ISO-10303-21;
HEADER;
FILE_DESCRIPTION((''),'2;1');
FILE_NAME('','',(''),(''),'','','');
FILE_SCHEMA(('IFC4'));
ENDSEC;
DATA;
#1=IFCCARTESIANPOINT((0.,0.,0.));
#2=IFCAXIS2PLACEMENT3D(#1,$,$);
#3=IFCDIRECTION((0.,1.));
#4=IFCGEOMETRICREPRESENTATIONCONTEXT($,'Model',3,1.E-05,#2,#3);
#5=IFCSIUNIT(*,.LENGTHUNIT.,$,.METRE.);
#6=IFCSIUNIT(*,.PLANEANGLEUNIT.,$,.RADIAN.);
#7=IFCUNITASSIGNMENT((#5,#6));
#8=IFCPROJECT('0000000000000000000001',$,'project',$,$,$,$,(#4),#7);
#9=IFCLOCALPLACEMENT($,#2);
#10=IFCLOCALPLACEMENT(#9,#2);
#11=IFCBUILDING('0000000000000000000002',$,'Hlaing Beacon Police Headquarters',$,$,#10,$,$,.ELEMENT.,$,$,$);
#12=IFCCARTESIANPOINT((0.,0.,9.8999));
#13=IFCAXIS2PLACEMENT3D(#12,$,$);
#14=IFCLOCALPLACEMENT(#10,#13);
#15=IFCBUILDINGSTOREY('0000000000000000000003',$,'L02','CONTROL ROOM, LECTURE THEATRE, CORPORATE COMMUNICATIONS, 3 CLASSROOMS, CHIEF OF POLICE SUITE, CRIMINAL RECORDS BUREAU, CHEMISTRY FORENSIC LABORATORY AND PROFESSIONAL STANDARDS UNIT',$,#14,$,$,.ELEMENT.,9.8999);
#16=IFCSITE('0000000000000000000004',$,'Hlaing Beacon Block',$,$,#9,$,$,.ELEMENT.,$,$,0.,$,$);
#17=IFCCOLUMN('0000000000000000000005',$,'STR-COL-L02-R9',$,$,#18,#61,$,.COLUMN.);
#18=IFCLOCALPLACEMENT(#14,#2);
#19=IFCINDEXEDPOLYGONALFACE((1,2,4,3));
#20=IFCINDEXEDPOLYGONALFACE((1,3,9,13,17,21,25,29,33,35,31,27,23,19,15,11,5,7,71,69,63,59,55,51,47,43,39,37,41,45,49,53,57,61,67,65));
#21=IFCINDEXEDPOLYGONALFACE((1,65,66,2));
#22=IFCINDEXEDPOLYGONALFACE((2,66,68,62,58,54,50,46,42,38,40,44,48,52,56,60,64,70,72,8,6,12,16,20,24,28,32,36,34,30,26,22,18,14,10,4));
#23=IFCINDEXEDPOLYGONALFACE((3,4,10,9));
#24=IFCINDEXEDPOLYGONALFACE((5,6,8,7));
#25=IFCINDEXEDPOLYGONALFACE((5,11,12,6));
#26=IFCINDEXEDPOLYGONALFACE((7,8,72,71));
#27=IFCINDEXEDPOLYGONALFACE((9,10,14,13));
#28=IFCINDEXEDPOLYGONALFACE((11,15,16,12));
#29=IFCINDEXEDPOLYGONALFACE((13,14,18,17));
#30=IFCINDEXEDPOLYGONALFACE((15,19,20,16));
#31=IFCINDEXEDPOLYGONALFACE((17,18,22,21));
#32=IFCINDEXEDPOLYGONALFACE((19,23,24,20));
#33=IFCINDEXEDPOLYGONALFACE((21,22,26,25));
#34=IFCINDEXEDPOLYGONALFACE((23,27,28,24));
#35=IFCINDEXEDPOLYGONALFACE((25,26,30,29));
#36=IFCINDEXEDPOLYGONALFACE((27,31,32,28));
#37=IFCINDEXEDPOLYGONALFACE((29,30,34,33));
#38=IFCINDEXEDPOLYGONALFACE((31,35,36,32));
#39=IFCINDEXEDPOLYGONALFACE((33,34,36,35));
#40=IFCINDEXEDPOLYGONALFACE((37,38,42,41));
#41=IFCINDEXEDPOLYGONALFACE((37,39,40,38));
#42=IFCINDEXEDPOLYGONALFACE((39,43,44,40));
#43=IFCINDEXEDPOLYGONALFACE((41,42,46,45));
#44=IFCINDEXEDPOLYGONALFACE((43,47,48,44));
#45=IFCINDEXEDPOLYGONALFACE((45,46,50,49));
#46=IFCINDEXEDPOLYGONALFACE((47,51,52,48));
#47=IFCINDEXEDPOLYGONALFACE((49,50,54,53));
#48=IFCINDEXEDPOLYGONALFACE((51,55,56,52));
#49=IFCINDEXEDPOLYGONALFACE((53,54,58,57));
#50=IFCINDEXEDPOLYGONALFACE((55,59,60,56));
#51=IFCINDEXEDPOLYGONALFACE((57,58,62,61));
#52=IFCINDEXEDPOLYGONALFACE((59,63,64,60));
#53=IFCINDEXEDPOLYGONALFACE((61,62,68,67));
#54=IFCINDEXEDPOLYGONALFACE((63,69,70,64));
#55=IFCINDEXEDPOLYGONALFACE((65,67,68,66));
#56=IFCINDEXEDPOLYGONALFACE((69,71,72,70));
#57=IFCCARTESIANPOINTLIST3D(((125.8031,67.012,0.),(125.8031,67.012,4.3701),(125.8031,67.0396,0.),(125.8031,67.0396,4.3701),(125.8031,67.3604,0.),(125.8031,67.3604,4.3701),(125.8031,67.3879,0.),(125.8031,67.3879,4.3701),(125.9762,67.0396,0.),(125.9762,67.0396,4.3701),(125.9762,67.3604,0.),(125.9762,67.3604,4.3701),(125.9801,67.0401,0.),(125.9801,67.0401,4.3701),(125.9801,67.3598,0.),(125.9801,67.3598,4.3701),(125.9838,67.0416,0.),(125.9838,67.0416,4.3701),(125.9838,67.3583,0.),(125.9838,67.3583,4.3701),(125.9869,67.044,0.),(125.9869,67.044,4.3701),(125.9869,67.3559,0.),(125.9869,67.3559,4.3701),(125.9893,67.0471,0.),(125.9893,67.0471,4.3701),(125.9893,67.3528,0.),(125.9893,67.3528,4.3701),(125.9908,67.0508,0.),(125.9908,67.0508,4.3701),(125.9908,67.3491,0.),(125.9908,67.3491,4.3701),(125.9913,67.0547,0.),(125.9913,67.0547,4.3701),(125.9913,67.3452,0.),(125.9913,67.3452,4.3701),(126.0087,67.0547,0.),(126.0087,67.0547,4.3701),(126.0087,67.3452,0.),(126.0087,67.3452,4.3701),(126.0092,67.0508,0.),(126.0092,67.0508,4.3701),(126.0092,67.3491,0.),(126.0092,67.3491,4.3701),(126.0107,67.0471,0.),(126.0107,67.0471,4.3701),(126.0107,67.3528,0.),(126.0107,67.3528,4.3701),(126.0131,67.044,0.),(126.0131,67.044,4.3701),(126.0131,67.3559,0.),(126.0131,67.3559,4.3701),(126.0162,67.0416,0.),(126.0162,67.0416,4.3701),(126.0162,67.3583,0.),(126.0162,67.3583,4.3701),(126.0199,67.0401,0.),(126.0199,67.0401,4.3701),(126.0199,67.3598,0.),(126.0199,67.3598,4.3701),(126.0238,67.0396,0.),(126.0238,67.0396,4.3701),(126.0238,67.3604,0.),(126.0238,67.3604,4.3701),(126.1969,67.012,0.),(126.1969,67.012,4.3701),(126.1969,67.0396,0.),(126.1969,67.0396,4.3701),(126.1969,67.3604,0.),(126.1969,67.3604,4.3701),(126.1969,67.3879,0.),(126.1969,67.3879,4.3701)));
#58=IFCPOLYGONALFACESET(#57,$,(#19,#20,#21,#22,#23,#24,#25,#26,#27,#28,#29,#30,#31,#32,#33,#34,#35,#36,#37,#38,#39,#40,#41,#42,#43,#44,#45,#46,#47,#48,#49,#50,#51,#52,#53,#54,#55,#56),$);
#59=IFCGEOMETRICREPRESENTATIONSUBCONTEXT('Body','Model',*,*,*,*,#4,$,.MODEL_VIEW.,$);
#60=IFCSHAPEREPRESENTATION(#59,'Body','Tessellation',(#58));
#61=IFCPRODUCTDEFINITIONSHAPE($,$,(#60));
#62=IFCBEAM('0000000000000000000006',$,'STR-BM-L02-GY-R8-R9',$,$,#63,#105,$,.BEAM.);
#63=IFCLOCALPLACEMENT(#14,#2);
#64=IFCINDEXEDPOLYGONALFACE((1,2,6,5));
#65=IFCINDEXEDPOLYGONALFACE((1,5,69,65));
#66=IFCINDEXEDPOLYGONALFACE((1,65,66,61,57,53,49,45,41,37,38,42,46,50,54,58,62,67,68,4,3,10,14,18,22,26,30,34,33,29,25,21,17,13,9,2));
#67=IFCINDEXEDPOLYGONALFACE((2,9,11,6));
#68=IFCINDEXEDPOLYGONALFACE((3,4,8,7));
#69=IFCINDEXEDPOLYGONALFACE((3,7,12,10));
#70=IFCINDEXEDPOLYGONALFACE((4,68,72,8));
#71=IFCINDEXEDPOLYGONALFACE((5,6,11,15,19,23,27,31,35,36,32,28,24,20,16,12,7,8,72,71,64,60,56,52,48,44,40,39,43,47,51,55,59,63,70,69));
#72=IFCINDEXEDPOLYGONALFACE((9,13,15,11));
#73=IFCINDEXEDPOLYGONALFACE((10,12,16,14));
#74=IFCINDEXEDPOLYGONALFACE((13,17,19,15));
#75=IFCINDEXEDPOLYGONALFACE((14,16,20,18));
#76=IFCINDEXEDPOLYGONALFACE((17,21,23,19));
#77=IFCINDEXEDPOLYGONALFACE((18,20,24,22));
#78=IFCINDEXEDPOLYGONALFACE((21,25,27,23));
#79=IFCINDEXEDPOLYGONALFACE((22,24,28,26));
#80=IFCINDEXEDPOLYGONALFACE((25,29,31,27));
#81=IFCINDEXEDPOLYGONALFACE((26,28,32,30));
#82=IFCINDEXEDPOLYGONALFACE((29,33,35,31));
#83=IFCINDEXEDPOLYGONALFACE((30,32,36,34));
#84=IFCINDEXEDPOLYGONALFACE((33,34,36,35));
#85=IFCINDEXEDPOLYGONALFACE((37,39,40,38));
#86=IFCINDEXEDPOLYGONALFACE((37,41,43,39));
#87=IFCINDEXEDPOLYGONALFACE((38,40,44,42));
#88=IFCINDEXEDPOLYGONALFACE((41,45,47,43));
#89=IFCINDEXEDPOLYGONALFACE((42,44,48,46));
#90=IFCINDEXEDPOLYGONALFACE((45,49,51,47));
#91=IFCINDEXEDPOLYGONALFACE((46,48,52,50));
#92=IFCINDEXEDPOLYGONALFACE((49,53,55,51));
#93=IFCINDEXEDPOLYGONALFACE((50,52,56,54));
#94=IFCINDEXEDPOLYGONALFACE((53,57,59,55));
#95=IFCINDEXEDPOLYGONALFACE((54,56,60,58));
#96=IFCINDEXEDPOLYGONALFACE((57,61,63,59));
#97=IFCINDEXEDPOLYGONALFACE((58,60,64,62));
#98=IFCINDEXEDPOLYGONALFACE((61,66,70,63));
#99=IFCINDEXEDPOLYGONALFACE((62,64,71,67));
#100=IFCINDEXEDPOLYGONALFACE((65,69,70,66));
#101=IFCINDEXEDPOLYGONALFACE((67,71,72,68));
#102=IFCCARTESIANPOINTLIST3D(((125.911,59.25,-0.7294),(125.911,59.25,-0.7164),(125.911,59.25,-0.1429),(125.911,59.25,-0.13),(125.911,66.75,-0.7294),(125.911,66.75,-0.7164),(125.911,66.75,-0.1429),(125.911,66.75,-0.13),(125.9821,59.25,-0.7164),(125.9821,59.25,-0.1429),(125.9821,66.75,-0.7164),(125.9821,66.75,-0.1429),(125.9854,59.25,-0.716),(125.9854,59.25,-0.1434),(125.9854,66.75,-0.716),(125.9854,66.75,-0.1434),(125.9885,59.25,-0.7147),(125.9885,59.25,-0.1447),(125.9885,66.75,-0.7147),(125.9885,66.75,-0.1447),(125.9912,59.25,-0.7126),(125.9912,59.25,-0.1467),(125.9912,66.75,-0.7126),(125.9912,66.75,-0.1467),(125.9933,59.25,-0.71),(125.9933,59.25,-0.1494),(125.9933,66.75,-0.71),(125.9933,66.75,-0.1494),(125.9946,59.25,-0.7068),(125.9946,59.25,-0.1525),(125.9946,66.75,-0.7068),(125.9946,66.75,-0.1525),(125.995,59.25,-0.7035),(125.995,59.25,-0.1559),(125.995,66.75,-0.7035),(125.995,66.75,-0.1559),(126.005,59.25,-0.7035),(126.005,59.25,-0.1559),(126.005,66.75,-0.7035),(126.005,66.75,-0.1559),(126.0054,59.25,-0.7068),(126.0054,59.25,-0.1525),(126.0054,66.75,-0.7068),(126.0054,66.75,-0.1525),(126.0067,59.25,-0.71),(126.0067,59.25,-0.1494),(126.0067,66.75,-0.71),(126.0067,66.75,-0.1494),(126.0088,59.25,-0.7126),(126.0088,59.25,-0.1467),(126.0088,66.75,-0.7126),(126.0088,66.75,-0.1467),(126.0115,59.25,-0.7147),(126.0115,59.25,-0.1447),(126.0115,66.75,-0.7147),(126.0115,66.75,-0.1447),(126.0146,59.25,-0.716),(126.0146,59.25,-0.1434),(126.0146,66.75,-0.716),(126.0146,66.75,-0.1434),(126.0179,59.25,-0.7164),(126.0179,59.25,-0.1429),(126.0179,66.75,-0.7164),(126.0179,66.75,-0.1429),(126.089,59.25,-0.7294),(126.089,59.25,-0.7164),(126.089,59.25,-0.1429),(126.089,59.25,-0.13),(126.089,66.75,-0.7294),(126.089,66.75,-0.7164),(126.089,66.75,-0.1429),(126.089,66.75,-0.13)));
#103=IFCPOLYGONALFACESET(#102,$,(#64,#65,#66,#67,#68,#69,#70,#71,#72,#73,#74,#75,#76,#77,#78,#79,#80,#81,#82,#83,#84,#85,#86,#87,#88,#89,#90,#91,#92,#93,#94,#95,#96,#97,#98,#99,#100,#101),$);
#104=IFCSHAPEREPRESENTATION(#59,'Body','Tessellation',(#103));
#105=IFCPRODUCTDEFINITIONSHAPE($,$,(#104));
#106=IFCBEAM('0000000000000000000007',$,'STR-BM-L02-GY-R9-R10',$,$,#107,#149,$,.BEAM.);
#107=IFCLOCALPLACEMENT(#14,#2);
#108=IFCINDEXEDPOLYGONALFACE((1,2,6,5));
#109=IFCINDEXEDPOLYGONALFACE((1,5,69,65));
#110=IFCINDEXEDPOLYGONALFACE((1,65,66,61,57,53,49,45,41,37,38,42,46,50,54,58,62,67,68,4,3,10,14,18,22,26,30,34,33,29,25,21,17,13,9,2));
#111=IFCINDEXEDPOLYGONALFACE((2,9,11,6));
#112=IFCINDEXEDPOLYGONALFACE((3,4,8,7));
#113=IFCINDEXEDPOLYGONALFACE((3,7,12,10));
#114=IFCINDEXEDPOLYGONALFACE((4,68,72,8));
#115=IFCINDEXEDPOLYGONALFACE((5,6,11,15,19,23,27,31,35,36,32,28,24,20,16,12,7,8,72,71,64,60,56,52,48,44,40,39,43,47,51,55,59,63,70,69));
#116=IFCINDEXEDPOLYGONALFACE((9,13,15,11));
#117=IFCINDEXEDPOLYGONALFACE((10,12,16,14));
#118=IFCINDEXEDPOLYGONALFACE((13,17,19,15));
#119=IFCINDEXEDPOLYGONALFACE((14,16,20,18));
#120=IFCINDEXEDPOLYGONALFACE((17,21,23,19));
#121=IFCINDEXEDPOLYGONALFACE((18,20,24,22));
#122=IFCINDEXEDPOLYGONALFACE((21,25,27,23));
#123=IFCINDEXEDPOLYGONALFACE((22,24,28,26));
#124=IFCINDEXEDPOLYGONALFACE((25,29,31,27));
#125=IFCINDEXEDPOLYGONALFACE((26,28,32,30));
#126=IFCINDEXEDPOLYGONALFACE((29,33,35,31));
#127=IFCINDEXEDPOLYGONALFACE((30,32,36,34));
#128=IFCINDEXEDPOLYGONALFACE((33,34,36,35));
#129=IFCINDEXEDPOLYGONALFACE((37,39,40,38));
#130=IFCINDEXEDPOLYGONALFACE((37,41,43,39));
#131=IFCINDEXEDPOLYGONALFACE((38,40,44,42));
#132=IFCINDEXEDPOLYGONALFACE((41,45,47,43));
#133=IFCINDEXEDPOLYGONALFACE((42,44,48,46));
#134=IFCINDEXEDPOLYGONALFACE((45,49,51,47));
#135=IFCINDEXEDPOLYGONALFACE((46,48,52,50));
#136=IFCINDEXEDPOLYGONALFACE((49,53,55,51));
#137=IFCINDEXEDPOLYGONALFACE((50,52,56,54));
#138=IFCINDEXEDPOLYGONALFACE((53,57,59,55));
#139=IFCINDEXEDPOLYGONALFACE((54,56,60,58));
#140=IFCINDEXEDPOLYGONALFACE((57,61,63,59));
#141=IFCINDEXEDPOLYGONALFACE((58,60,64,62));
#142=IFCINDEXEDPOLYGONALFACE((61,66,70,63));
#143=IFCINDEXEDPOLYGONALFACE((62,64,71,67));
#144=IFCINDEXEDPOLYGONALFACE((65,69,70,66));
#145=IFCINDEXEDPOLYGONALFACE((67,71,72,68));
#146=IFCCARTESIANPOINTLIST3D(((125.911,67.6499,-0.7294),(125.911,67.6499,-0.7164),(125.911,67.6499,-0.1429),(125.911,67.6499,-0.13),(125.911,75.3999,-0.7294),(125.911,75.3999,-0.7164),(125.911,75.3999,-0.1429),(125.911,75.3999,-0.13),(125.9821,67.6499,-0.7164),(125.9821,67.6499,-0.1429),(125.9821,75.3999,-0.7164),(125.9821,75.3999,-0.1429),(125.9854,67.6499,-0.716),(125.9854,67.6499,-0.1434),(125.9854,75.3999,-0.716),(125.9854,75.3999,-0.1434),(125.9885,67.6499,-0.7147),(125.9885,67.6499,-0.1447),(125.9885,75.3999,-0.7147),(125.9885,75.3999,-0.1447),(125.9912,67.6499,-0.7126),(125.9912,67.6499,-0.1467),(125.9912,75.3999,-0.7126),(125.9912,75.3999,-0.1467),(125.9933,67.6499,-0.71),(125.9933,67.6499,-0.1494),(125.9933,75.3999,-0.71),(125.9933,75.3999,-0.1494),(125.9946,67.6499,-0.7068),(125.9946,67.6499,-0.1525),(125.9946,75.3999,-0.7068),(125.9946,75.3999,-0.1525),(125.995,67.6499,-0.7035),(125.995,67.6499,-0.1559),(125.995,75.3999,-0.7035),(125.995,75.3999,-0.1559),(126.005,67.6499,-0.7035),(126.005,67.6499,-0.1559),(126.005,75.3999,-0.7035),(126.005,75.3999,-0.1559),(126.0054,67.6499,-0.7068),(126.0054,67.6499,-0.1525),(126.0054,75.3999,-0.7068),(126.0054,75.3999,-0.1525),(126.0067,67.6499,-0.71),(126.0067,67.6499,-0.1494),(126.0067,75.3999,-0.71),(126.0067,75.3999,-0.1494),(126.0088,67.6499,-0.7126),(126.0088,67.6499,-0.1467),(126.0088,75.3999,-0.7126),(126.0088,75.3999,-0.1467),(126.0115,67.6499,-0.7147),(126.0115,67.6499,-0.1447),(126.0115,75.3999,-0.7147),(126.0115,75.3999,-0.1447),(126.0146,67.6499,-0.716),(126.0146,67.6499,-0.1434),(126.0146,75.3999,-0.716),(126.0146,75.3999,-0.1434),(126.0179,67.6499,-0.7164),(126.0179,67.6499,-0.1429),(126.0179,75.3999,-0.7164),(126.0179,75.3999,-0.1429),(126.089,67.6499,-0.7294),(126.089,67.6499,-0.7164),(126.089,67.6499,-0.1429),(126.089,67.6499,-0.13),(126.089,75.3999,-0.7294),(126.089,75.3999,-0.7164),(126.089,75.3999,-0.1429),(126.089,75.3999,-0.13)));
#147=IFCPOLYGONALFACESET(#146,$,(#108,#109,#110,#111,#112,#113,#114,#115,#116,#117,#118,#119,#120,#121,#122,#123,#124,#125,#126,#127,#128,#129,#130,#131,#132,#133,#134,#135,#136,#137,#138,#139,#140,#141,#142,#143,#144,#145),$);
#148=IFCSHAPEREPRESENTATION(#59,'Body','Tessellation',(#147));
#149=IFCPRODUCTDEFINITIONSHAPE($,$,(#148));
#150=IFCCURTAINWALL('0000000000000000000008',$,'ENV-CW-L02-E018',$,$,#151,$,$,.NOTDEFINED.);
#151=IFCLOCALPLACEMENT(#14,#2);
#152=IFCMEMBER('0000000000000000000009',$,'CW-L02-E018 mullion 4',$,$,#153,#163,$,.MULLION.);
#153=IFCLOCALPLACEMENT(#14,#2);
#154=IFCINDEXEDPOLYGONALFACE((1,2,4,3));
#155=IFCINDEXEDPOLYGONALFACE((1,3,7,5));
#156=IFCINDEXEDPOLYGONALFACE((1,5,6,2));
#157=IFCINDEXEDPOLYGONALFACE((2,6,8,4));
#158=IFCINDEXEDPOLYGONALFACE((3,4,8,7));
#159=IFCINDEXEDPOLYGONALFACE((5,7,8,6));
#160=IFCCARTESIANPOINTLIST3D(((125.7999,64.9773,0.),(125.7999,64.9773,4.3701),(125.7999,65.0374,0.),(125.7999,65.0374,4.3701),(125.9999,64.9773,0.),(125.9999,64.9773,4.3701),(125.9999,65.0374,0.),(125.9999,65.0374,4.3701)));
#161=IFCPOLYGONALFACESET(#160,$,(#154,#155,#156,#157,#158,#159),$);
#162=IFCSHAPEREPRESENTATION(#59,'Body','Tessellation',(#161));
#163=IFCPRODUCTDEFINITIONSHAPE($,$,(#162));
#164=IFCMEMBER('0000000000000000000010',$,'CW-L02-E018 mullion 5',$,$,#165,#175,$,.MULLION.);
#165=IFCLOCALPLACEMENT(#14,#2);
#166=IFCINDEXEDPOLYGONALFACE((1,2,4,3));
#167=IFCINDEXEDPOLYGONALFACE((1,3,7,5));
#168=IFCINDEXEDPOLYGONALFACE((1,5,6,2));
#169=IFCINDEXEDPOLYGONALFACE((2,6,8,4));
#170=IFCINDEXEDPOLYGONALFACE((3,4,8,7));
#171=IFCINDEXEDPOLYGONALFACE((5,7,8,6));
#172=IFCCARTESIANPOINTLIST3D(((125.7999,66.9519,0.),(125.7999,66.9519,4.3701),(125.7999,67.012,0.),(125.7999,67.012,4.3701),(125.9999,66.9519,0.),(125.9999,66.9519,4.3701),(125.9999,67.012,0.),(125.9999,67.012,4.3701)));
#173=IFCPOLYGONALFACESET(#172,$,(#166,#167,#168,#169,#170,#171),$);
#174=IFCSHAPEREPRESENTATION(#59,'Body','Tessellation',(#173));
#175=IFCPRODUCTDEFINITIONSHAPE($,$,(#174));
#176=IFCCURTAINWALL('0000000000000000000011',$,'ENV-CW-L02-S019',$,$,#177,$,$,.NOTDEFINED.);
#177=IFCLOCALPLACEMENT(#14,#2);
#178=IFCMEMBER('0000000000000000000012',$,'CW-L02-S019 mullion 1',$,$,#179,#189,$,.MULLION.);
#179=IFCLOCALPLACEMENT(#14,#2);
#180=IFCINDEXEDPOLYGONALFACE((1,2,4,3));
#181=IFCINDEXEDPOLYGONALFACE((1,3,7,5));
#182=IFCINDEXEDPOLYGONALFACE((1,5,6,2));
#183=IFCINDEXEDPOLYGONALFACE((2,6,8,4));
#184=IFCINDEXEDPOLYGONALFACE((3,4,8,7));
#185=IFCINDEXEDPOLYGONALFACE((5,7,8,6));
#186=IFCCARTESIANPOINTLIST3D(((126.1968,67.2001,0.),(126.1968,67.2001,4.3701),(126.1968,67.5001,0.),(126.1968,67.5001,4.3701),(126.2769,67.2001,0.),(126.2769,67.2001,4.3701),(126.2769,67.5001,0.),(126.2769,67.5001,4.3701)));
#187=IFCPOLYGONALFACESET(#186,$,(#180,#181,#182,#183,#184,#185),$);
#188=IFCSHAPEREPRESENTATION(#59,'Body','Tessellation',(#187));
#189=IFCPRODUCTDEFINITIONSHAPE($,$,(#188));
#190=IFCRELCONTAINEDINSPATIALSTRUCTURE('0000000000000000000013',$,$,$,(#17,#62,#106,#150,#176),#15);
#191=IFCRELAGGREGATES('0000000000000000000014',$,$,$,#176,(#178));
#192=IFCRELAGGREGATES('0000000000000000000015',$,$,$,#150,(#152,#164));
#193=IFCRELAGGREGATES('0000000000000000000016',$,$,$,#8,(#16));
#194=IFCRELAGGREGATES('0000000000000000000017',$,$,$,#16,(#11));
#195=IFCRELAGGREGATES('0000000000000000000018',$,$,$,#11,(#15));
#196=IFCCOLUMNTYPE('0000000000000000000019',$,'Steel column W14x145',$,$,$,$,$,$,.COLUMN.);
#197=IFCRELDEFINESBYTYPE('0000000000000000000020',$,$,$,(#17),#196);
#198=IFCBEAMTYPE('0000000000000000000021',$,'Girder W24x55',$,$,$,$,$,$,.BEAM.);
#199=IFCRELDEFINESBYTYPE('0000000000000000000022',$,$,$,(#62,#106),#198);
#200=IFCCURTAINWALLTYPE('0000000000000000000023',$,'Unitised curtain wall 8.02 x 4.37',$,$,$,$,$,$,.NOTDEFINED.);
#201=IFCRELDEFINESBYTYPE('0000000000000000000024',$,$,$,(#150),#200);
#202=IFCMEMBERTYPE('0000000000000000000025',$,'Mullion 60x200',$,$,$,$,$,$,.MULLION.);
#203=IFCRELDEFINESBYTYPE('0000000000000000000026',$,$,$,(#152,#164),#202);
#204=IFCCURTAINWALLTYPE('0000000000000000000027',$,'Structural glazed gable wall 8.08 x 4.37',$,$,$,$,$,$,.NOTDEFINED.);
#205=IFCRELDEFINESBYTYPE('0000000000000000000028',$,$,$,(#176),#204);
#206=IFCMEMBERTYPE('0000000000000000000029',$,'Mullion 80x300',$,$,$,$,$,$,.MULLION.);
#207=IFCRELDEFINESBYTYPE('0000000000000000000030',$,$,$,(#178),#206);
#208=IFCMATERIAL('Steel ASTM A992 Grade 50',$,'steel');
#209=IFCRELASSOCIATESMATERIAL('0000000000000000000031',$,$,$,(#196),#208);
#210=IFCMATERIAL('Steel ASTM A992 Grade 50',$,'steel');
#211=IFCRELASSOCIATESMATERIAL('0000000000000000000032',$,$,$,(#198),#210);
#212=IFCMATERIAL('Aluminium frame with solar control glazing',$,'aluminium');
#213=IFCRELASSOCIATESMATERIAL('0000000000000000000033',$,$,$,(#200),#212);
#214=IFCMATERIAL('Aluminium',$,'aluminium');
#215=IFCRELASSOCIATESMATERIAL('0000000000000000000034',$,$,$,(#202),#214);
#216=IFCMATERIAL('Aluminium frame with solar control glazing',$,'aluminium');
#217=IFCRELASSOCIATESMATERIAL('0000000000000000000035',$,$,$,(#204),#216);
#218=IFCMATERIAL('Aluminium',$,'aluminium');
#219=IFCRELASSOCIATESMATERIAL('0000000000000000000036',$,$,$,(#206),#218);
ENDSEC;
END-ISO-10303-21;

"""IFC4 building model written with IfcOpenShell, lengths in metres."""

from ifc_helpers import new_model, si_unit, direction, frame, origin, origin_2d, place, context, subcontext, project, spatial, rectangle, i_section, extrude, material, material_profile, profile_set, type_object, element, aggregate, save


model = new_model("IFC4")

# Units and contexts
model_context = context("Model", 3, precision=1e-05, world=origin(), true_north=direction((0.0, 1.0)))
body_context = subcontext(model_context, "Body", "Model", "MODEL_VIEW")
ifc_project = project(units=[si_unit("LENGTHUNIT", "METRE"), si_unit("PLANEANGLEUNIT", "RADIAN")], contexts=[model_context])

# Site, building, storey
site_placement = place(None, origin())
site = spatial("IfcSite", under=ifc_project, at=site_placement, Name="Hlaing Beacon Block", CompositionType="ELEMENT", RefElevation=0.0)
building_placement = place(site_placement, origin())
building = spatial("IfcBuilding", under=site, at=building_placement, Name="Hlaing Beacon Police Headquarters", CompositionType="ELEMENT")
storey_placement = place(building_placement, frame((0.0, 0.0, 9.8999)))
storey = spatial("IfcBuildingStorey", under=building, at=storey_placement, Name="L02", Description="CONTROL ROOM, LECTURE THEATRE, CORPORATE COMMUNICATIONS, 3 CLASSROOMS, CHIEF OF POLICE SUITE, CRIMINAL RECORDS BUREAU, CHEMISTRY FORENSIC LABORATORY AND PROFESSIONAL STANDARDS UNIT", CompositionType="ELEMENT", Elevation=9.8999)

# Column
ifc_material_1 = material(Name="Steel ASTM A992 Grade 50", Category="steel")
ifc_material_profile_1 = material_profile(ifc_material_1, i_section(OverallWidth=0.3938, OverallDepth=0.376, WebThickness=0.0173, FlangeThickness=0.0276, FilletRadius=0.0151, at=origin_2d()), Name="W14x145")
ifc_profile_set_1 = profile_set([ifc_material_profile_1], Name="Steel ASTM A992 Grade 50")
column_type = type_object("IfcColumnType", Name="Steel column W14x145", PredefinedType="COLUMN", material=ifc_profile_set_1)
column_placement = place(storey_placement, frame((126.0, 67.2, 0.0), z_axis=(0.0, 0.0, 1.0), x_axis=(1.0, 0.0, 0.0)))
element("IfcColumn", 1, at=column_placement, inside=storey, type_object=column_type, Name="STR-COL-L02-R9", PredefinedType="COLUMN", context=body_context, shape_type="SweptSolid", body=[
    extrude(i_section(OverallWidth=0.3938, OverallDepth=0.376, WebThickness=0.0173, FlangeThickness=0.0276, FilletRadius=0.0151, at=origin_2d()), origin(), (0.0, 0.0, 1.0), 4.3701),
])

# Beams
ifc_material_2 = material(Name="Steel ASTM A992 Grade 50", Category="steel")
ifc_material_profile_2 = material_profile(ifc_material_2, i_section(OverallWidth=0.178, OverallDepth=0.5994, WebThickness=0.01, FlangeThickness=0.0129, FilletRadius=0.0129, at=origin_2d()), Name="W24x55")
ifc_profile_set_2 = profile_set([ifc_material_profile_2], Name="Steel ASTM A992 Grade 50")
beam_type = type_object("IfcBeamType", Name="Girder W24x55", PredefinedType="BEAM", material=ifc_profile_set_2)
beam_1_placement = place(storey_placement, frame((126.0, 59.25, -0.4297), z_axis=(0.0, 1.0, 0.0), x_axis=(-1.0, 0.0, 0.0)))
element("IfcBeam", 2, at=beam_1_placement, inside=storey, type_object=beam_type, Name="STR-BM-L02-GY-R8-R9", PredefinedType="BEAM", context=body_context, shape_type="SweptSolid", body=[
    extrude(i_section(OverallWidth=0.178, OverallDepth=0.5994, WebThickness=0.01, FlangeThickness=0.0129, FilletRadius=0.0129, at=origin_2d()), origin(), (0.0, 0.0, 1.0), 7.5),
])
beam_2_placement = place(storey_placement, frame((126.0, 67.6499, -0.4297), z_axis=(0.0, 1.0, 0.0), x_axis=(-1.0, 0.0, 0.0)))
element("IfcBeam", 3, at=beam_2_placement, inside=storey, type_object=beam_type, Name="STR-BM-L02-GY-R9-R10", PredefinedType="BEAM", context=body_context, shape_type="SweptSolid", body=[
    extrude(i_section(OverallWidth=0.178, OverallDepth=0.5994, WebThickness=0.01, FlangeThickness=0.0129, FilletRadius=0.0129, at=origin_2d()), origin(), (0.0, 0.0, 1.0), 7.75),
])

# Curtain wall, members
ifc_material_3 = material(Name="Aluminium frame with solar control glazing", Category="aluminium")
curtain_wall_type_1 = type_object("IfcCurtainWallType", Name="Unitised curtain wall 8.02 x 4.37", PredefinedType="NOTDEFINED", material=ifc_material_3)
curtain_wall_1_placement = place(storey_placement, origin())
curtain_wall_1 = element("IfcCurtainWall", 4, at=curtain_wall_1_placement, inside=storey, type_object=curtain_wall_type_1, Name="ENV-CW-L02-E018", PredefinedType="NOTDEFINED")
ifc_material_4 = material(Name="Aluminium", Category="aluminium")
ifc_material_profile_3 = material_profile(ifc_material_4, rectangle(XDim=0.2, YDim=0.0601, at=origin_2d()), Name="Mullion 60x200")
ifc_profile_set_3 = profile_set([ifc_material_profile_3], Name="Aluminium")
member_type_1 = type_object("IfcMemberType", Name="Mullion 60x200", PredefinedType="MULLION", material=ifc_profile_set_3)
member_1_placement = place(storey_placement, frame((125.8999, 65.0073, 0.0), z_axis=(0.0, 0.0, 1.0), x_axis=(-1.0, 0.0, 0.0)))
member_1 = element("IfcMember", 5, at=member_1_placement, type_object=member_type_1, Name="CW-L02-E018 mullion 4", PredefinedType="MULLION", context=body_context, shape_type="SweptSolid", body=[
    extrude(rectangle(XDim=0.2, YDim=0.0601, at=origin_2d()), origin(), (0.0, 0.0, 1.0), 4.3701),
])
member_2_placement = place(storey_placement, frame((125.8999, 66.9819, 0.0), z_axis=(0.0, 0.0, 1.0), x_axis=(-1.0, 0.0, 0.0)))
member_2 = element("IfcMember", 6, at=member_2_placement, type_object=member_type_1, Name="CW-L02-E018 mullion 5", PredefinedType="MULLION", context=body_context, shape_type="SweptSolid", body=[
    extrude(rectangle(XDim=0.2, YDim=0.0601, at=origin_2d()), origin(), (0.0, 0.0, 1.0), 4.3701),
])

# Curtain wall, member
ifc_material_5 = material(Name="Aluminium frame with solar control glazing", Category="aluminium")
curtain_wall_type_2 = type_object("IfcCurtainWallType", Name="Structural glazed gable wall 8.08 x 4.37", PredefinedType="NOTDEFINED", material=ifc_material_5)
curtain_wall_2_placement = place(storey_placement, origin())
curtain_wall_2 = element("IfcCurtainWall", 7, at=curtain_wall_2_placement, inside=storey, type_object=curtain_wall_type_2, Name="ENV-CW-L02-S019", PredefinedType="NOTDEFINED")
ifc_material_6 = material(Name="Aluminium", Category="aluminium")
ifc_material_profile_4 = material_profile(ifc_material_6, rectangle(XDim=0.3, YDim=0.0801, at=origin_2d()), Name="Mullion 80x300")
ifc_profile_set_4 = profile_set([ifc_material_profile_4], Name="Aluminium")
member_type_2 = type_object("IfcMemberType", Name="Mullion 80x300", PredefinedType="MULLION", material=ifc_profile_set_4)
member_3_placement = place(storey_placement, frame((126.2368, 67.3501, 0.0), z_axis=(0.0, 0.0, 1.0), x_axis=(0.0, 1.0, 0.0)))
member_3 = element("IfcMember", 8, at=member_3_placement, type_object=member_type_2, Name="CW-L02-S019 mullion 1", PredefinedType="MULLION", context=body_context, shape_type="SweptSolid", body=[
    extrude(rectangle(XDim=0.3, YDim=0.0801, at=origin_2d()), origin(), (0.0, 0.0, 1.0), 4.3701),
])
aggregate(curtain_wall_2, [member_3])

aggregate(curtain_wall_1, [member_1, member_2])

save(model, "model.ifc")
